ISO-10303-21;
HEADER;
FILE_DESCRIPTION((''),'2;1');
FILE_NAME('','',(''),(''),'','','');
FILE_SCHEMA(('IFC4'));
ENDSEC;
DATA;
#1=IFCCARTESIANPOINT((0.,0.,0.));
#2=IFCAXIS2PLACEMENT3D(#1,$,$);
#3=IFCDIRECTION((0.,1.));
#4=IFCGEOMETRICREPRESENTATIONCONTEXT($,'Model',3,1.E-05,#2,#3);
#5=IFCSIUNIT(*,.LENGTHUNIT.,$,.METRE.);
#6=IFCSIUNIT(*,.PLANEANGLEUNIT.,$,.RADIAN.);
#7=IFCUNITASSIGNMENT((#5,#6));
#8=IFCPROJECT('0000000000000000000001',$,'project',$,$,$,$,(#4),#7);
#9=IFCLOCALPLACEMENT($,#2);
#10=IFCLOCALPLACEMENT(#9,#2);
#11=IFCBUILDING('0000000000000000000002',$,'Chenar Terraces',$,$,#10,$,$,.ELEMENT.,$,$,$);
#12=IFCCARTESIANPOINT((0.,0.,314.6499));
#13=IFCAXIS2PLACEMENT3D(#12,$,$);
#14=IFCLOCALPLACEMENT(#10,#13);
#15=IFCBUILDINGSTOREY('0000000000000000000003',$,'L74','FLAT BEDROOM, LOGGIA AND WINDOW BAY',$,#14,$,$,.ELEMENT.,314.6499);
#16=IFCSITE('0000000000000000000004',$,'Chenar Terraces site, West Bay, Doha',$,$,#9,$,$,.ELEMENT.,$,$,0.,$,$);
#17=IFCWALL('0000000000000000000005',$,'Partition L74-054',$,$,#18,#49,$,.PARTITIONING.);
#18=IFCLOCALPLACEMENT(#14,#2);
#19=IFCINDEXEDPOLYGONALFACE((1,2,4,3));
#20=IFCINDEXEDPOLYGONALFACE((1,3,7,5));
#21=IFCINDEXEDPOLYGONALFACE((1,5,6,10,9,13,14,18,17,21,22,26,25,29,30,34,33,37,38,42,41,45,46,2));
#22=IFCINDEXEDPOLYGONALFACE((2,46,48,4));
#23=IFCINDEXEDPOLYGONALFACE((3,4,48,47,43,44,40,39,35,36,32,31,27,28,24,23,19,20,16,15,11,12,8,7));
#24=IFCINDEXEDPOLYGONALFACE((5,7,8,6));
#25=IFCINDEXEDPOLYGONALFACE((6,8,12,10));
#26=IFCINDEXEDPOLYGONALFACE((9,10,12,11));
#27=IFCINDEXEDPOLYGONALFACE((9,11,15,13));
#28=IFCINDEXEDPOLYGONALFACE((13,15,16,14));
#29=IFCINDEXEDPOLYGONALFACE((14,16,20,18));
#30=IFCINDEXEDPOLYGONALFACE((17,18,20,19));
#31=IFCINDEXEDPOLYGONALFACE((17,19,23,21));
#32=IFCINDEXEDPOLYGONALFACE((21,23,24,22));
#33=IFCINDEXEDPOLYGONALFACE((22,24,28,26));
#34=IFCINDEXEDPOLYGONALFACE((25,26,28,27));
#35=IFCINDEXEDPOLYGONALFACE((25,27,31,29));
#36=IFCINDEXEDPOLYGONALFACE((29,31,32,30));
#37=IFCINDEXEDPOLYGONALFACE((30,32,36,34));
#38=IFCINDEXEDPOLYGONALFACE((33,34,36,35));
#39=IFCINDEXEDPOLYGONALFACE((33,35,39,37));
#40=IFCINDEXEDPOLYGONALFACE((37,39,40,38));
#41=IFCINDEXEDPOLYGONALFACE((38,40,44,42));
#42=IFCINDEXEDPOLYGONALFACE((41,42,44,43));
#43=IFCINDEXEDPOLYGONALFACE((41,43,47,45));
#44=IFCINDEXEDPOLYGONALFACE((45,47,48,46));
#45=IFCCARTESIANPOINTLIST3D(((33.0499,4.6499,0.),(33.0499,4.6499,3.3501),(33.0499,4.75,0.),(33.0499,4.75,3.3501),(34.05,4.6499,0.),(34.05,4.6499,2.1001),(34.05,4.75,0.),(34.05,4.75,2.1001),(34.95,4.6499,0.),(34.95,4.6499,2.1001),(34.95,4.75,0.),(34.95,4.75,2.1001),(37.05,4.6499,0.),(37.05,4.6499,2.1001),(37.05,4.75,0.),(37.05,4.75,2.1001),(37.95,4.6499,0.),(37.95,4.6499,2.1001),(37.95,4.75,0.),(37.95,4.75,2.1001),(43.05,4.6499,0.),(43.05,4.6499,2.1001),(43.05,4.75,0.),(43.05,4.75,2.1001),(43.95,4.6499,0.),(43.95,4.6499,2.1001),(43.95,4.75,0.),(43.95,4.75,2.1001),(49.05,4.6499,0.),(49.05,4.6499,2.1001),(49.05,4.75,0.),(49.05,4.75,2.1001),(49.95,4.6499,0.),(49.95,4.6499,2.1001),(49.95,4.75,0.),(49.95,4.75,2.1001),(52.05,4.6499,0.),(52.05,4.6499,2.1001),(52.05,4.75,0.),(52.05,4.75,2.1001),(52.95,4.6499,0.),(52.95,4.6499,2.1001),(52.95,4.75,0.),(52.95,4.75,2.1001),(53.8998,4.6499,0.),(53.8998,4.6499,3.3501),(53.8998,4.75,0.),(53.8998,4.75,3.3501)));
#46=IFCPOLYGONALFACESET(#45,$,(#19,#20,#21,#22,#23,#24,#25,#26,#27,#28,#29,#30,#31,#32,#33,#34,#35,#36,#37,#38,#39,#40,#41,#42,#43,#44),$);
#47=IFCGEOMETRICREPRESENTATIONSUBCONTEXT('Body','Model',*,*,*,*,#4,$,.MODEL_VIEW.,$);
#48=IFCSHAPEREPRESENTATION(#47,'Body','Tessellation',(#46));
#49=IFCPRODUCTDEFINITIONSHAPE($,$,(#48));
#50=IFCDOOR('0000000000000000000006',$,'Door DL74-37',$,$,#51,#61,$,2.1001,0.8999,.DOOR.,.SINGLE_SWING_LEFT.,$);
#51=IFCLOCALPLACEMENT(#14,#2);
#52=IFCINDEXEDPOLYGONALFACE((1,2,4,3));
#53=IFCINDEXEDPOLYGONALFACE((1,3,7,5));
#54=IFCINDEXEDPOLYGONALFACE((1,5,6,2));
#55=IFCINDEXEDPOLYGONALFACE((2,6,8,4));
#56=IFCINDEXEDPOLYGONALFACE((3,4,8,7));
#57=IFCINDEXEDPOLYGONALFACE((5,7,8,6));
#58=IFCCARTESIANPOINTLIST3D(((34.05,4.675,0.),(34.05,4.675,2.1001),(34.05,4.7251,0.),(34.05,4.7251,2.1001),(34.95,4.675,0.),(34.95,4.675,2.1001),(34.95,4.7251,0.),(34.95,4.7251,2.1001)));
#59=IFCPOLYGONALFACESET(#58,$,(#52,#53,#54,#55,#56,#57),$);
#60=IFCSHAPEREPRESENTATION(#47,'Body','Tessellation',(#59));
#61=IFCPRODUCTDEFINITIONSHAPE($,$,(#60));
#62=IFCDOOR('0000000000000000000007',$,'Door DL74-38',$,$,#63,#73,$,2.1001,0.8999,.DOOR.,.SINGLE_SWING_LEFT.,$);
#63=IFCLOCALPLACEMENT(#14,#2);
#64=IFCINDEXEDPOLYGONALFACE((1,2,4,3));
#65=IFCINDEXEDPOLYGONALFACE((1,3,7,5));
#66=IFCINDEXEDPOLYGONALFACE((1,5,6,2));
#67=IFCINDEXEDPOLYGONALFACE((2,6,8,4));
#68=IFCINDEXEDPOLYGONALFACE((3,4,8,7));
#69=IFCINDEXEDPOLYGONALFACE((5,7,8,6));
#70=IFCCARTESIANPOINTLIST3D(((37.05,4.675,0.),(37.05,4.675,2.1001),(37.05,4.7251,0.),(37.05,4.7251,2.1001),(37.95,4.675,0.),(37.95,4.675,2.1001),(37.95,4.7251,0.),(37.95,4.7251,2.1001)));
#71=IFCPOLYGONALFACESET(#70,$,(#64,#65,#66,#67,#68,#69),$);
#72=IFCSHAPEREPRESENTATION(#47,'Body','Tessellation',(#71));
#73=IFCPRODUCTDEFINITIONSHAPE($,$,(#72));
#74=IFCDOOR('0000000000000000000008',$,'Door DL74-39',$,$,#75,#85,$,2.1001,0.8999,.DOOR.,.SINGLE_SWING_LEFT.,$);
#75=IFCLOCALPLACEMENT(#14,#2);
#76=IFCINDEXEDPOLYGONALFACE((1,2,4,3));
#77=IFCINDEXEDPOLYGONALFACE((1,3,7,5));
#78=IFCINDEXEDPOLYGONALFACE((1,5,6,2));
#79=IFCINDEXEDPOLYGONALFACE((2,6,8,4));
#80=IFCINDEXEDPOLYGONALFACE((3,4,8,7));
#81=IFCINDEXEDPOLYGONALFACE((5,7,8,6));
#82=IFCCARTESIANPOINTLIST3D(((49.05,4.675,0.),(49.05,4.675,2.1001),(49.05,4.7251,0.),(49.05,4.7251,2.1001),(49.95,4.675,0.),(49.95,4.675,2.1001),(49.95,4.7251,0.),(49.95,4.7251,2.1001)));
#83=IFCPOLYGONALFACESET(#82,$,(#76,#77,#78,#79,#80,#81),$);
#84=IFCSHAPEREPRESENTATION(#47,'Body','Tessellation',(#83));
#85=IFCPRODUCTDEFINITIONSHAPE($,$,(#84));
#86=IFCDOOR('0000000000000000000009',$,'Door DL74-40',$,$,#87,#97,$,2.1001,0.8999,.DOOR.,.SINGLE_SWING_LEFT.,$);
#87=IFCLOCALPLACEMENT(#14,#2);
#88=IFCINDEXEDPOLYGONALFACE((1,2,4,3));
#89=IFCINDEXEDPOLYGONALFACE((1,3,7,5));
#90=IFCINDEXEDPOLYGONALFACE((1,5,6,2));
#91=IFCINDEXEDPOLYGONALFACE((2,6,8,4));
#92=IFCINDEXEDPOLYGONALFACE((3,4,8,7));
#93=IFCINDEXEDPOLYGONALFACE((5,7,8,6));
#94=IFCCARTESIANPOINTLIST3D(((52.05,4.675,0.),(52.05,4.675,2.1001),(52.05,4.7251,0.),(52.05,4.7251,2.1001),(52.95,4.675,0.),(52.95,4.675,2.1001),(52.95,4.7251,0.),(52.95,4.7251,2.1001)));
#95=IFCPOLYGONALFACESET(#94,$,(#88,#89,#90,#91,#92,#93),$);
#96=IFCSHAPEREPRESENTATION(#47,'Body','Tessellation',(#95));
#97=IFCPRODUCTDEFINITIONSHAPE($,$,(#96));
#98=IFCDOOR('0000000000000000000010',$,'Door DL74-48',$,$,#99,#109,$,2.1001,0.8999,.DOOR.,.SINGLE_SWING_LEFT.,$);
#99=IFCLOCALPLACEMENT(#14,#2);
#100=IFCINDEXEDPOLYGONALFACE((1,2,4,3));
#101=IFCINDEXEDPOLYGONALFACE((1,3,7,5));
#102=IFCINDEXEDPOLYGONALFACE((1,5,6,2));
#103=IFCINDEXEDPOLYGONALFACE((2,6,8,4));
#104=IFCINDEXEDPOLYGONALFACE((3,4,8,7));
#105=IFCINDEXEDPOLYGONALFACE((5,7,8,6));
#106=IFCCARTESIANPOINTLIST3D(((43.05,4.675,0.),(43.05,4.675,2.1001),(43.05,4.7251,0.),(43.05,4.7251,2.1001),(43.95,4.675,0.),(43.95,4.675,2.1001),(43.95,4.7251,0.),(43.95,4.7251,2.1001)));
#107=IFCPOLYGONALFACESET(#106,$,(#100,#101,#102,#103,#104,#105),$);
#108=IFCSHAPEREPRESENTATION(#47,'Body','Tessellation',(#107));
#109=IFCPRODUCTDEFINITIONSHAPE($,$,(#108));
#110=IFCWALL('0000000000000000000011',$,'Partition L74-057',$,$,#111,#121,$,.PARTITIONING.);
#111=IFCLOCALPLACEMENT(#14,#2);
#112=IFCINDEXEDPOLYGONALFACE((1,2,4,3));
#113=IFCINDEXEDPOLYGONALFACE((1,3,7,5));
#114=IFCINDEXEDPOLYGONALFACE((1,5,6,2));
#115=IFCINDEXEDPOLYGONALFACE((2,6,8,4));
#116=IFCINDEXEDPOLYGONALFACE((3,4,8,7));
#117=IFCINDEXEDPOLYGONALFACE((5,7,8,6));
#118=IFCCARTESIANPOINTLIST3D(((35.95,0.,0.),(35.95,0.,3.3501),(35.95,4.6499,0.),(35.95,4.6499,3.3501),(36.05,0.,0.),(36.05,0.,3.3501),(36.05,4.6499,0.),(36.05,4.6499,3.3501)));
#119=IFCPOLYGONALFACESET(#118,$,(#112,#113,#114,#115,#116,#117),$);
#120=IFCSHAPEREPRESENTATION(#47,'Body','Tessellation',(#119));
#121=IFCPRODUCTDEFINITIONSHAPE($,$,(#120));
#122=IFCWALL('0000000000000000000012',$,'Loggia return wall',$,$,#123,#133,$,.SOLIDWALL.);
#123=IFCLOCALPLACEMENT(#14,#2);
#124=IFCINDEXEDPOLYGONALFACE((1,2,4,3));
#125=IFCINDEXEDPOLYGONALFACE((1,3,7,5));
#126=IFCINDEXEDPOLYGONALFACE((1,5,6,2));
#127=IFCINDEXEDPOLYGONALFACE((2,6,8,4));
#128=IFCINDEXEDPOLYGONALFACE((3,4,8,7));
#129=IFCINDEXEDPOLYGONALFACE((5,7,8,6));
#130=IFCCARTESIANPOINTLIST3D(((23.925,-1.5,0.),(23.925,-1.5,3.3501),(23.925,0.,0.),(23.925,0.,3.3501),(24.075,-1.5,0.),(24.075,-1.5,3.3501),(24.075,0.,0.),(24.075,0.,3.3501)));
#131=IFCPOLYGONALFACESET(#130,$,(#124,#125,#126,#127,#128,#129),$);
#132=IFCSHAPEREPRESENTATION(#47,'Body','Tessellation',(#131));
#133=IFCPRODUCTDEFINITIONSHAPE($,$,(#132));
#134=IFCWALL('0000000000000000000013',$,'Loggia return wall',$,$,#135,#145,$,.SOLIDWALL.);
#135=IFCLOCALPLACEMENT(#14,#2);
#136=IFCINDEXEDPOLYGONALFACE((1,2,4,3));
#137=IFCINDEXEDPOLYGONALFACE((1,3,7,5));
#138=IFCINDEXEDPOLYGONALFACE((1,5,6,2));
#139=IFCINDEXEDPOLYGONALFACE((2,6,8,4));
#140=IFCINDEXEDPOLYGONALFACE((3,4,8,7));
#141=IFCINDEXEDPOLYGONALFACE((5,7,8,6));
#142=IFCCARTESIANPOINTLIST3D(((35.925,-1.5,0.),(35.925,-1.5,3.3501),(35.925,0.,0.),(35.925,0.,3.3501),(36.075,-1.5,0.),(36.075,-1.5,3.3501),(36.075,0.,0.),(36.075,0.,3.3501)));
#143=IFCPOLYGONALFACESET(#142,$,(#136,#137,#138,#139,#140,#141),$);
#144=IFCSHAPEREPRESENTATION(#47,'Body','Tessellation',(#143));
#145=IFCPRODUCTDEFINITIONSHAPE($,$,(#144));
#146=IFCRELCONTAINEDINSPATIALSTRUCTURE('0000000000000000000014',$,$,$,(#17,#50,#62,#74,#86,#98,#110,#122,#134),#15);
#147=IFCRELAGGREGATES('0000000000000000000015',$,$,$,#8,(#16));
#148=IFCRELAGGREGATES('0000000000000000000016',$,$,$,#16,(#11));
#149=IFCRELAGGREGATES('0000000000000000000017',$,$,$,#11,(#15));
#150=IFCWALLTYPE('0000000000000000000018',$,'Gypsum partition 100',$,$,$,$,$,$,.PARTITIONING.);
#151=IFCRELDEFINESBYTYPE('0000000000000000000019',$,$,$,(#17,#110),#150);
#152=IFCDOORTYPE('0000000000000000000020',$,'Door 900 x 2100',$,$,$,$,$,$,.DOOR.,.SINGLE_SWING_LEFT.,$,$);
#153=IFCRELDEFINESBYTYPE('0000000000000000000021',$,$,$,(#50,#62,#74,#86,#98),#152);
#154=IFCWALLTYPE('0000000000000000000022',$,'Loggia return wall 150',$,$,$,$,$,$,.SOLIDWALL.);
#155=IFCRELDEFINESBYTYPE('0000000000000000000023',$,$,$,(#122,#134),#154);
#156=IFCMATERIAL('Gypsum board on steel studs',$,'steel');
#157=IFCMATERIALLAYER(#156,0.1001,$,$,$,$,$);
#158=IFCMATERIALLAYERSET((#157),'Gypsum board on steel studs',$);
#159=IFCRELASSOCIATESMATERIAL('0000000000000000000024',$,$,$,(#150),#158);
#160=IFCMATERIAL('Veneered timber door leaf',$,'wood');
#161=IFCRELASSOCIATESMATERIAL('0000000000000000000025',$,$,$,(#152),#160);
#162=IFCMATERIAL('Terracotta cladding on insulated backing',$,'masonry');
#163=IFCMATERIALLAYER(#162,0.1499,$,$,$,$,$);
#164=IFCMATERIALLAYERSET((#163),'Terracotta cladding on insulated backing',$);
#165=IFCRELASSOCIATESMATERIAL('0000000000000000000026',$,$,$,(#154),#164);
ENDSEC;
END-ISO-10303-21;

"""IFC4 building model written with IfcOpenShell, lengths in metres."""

from ifc_helpers import new_model, si_unit, direction, frame, frame_2d, origin, place, context, subcontext, project, spatial, rectangle, extrude, material, layer, layer_set, type_object, element, fill, save


model = new_model("IFC4")

# Units and contexts
model_context = context("Model", 3, precision=1e-05, world=origin(), true_north=direction((0.0, 1.0)))
body_context = subcontext(model_context, "Body", "Model", "MODEL_VIEW")
ifc_project = project(units=[si_unit("LENGTHUNIT", "METRE"), si_unit("PLANEANGLEUNIT", "RADIAN")], contexts=[model_context])

# Site, building, storey
site_placement = place(None, origin())
site = spatial("IfcSite", under=ifc_project, at=site_placement, Name="Chenar Terraces site, West Bay, Doha", CompositionType="ELEMENT", RefElevation=0.0)
building_placement = place(site_placement, origin())
building = spatial("IfcBuilding", under=site, at=building_placement, Name="Chenar Terraces", CompositionType="ELEMENT")
storey_placement = place(building_placement, frame((0.0, 0.0, 314.6499)))
storey = spatial("IfcBuildingStorey", under=building, at=storey_placement, Name="L74", Description="FLAT BEDROOM, LOGGIA AND WINDOW BAY", CompositionType="ELEMENT", Elevation=314.6499)

# Shared definitions
ifc_material_1 = material(Name="Gypsum board on steel studs", Category="steel")
ifc_layer_1 = layer(ifc_material_1, 0.1001)
ifc_layer_set_1 = layer_set([ifc_layer_1], Name="Gypsum board on steel studs")
wall_type_1 = type_object("IfcWallType", Name="Gypsum partition 100", PredefinedType="PARTITIONING", material=ifc_layer_set_1)

# Wall, openings, doors
wall_1_placement = place(storey_placement, frame((33.05, 4.7, 0.0), z_axis=(0.0, 0.0, 1.0), x_axis=(1.0, 0.0, 0.0)))
wall_1 = element("IfcWall", 1, at=wall_1_placement, inside=storey, type_object=wall_type_1, Name="Partition L74-054", PredefinedType="PARTITIONING", context=body_context, shape_type="SweptSolid", body=[
    extrude(rectangle(XDim=20.8499, YDim=0.1001, at=frame_2d((10.4248, 0.0))), origin(), (0.0, 0.0, 1.0), 3.3501),
])
opening_1_placement = place(wall_1_placement, frame((1.0, 0.0, 0.0)))
opening_1 = element("IfcOpeningElement", 2, at=opening_1_placement, cuts=wall_1, PredefinedType="OPENING", context=body_context, shape_type="SweptSolid", body=[
    extrude(rectangle(XDim=0.8999, YDim=2.1001, at=frame_2d((0.45, 1.05))), frame((0.0, 0.0601, 0.0), z_axis=(0.0, -1.0, 0.0), x_axis=(1.0, 0.0, 0.0)), (0.0, 0.0, 1.0), 0.1201),
])
opening_2_placement = place(wall_1_placement, frame((4.0, 0.0, 0.0)))
opening_2 = element("IfcOpeningElement", 3, at=opening_2_placement, cuts=wall_1, PredefinedType="OPENING", context=body_context, shape_type="SweptSolid", body=[
    extrude(rectangle(XDim=0.8999, YDim=2.1001, at=frame_2d((0.45, 1.05))), frame((0.0, 0.0601, 0.0), z_axis=(0.0, -1.0, 0.0), x_axis=(1.0, 0.0, 0.0)), (0.0, 0.0, 1.0), 0.1201),
])
opening_3_placement = place(wall_1_placement, frame((16.0, 0.0, 0.0)))
opening_3 = element("IfcOpeningElement", 4, at=opening_3_placement, cuts=wall_1, PredefinedType="OPENING", context=body_context, shape_type="SweptSolid", body=[
    extrude(rectangle(XDim=0.8999, YDim=2.1001, at=frame_2d((0.45, 1.05))), frame((0.0, 0.0601, 0.0), z_axis=(0.0, -1.0, 0.0), x_axis=(1.0, 0.0, 0.0)), (0.0, 0.0, 1.0), 0.1201),
])
opening_4_placement = place(wall_1_placement, frame((19.0, 0.0, 0.0)))
opening_4 = element("IfcOpeningElement", 5, at=opening_4_placement, cuts=wall_1, PredefinedType="OPENING", context=body_context, shape_type="SweptSolid", body=[
    extrude(rectangle(XDim=0.8999, YDim=2.1001, at=frame_2d((0.45, 1.05))), frame((0.0, 0.0601, 0.0), z_axis=(0.0, -1.0, 0.0), x_axis=(1.0, 0.0, 0.0)), (0.0, 0.0, 1.0), 0.1201),
])
opening_5_placement = place(wall_1_placement, frame((10.0, 0.0, 0.0)))
opening_5 = element("IfcOpeningElement", 6, at=opening_5_placement, cuts=wall_1, PredefinedType="OPENING", context=body_context, shape_type="SweptSolid", body=[
    extrude(rectangle(XDim=0.8999, YDim=2.1001, at=frame_2d((0.45, 1.05))), frame((0.0, 0.0601, 0.0), z_axis=(0.0, -1.0, 0.0), x_axis=(1.0, 0.0, 0.0)), (0.0, 0.0, 1.0), 0.1201),
])
ifc_material_2 = material(Name="Veneered timber door leaf", Category="wood")
door_type_1 = type_object("IfcDoorType", Name="Door 900 x 2100", OperationType="SINGLE_SWING_LEFT", PredefinedType="DOOR", material=ifc_material_2)
door_1_placement = place(opening_1_placement, frame((0.8999, 0.0, 0.0), z_axis=(0.0, 0.0, 1.0), x_axis=(-1.0, 0.0, 0.0)))
door_1 = element("IfcDoor", 7, at=door_1_placement, inside=storey, type_object=door_type_1, Name="Door DL74-37", OperationType="SINGLE_SWING_LEFT", OverallHeight=2.1001, OverallWidth=0.8999, PredefinedType="DOOR", context=body_context, shape_type="SweptSolid", body=[
    extrude(rectangle(XDim=0.8999, YDim=2.1001, at=frame_2d((0.45, 1.05))), frame((0.0, 0.0249, 0.0), z_axis=(0.0, -1.0, 0.0), x_axis=(1.0, 0.0, 0.0)), (0.0, 0.0, 1.0), 0.05),
])
fill(opening_1, door_1)
door_2_placement = place(opening_2_placement, frame((0.8999, 0.0, 0.0), z_axis=(0.0, 0.0, 1.0), x_axis=(-1.0, 0.0, 0.0)))
door_2 = element("IfcDoor", 8, at=door_2_placement, inside=storey, type_object=door_type_1, Name="Door DL74-38", OperationType="SINGLE_SWING_LEFT", OverallHeight=2.1001, OverallWidth=0.8999, PredefinedType="DOOR", context=body_context, shape_type="SweptSolid", body=[
    extrude(rectangle(XDim=0.8999, YDim=2.1001, at=frame_2d((0.45, 1.05))), frame((0.0, 0.0249, 0.0), z_axis=(0.0, -1.0, 0.0), x_axis=(1.0, 0.0, 0.0)), (0.0, 0.0, 1.0), 0.05),
])
fill(opening_2, door_2)
door_3_placement = place(opening_3_placement, frame((0.8999, 0.0, 0.0), z_axis=(0.0, 0.0, 1.0), x_axis=(-1.0, 0.0, 0.0)))
door_3 = element("IfcDoor", 9, at=door_3_placement, inside=storey, type_object=door_type_1, Name="Door DL74-39", OperationType="SINGLE_SWING_LEFT", OverallHeight=2.1001, OverallWidth=0.8999, PredefinedType="DOOR", context=body_context, shape_type="SweptSolid", body=[
    extrude(rectangle(XDim=0.8999, YDim=2.1001, at=frame_2d((0.45, 1.05))), frame((0.0, 0.0249, 0.0), z_axis=(0.0, -1.0, 0.0), x_axis=(1.0, 0.0, 0.0)), (0.0, 0.0, 1.0), 0.05),
])
fill(opening_3, door_3)
door_4_placement = place(opening_4_placement, frame((0.8999, 0.0, 0.0), z_axis=(0.0, 0.0, 1.0), x_axis=(-1.0, 0.0, 0.0)))
door_4 = element("IfcDoor", 10, at=door_4_placement, inside=storey, type_object=door_type_1, Name="Door DL74-40", OperationType="SINGLE_SWING_LEFT", OverallHeight=2.1001, OverallWidth=0.8999, PredefinedType="DOOR", context=body_context, shape_type="SweptSolid", body=[
    extrude(rectangle(XDim=0.8999, YDim=2.1001, at=frame_2d((0.45, 1.05))), frame((0.0, 0.0249, 0.0), z_axis=(0.0, -1.0, 0.0), x_axis=(1.0, 0.0, 0.0)), (0.0, 0.0, 1.0), 0.05),
])
fill(opening_4, door_4)
door_5_placement = place(opening_5_placement, frame((0.8999, 0.0, 0.0), z_axis=(0.0, 0.0, 1.0), x_axis=(-1.0, 0.0, 0.0)))
door_5 = element("IfcDoor", 11, at=door_5_placement, inside=storey, type_object=door_type_1, Name="Door DL74-48", OperationType="SINGLE_SWING_LEFT", OverallHeight=2.1001, OverallWidth=0.8999, PredefinedType="DOOR", context=body_context, shape_type="SweptSolid", body=[
    extrude(rectangle(XDim=0.8999, YDim=2.1001, at=frame_2d((0.45, 1.05))), frame((0.0, 0.0249, 0.0), z_axis=(0.0, -1.0, 0.0), x_axis=(1.0, 0.0, 0.0)), (0.0, 0.0, 1.0), 0.05),
])
fill(opening_5, door_5)

# Walls
wall_2_placement = place(storey_placement, frame((36.0, 0.0, 0.0), z_axis=(0.0, 0.0, 1.0), x_axis=(0.0, 1.0, 0.0)))
element("IfcWall", 12, at=wall_2_placement, inside=storey, type_object=wall_type_1, Name="Partition L74-057", PredefinedType="PARTITIONING", context=body_context, shape_type="SweptSolid", body=[
    extrude(rectangle(XDim=4.6499, YDim=0.1001, at=frame_2d((2.325, 0.0))), origin(), (0.0, 0.0, 1.0), 3.3501),
])
ifc_material_3 = material(Name="Terracotta cladding on insulated backing", Category="masonry")
ifc_layer_2 = layer(ifc_material_3, 0.1499)
ifc_layer_set_2 = layer_set([ifc_layer_2], Name="Terracotta cladding on insulated backing")
wall_type_2 = type_object("IfcWallType", Name="Loggia return wall 150", PredefinedType="SOLIDWALL", material=ifc_layer_set_2)
for number, where, z_axis, x_axis, name in (
    (13, (24.0, -1.5, 0.0), (0.0, 0.0, 1.0), (0.0, 1.0, 0.0), "Loggia return wall"),
    (14, (36.0, -1.5, 0.0), (0.0, 0.0, 1.0), (0.0, 1.0, 0.0), "Loggia return wall"),
):
    element("IfcWall", number, at=place(storey_placement, frame(where, z_axis=z_axis, x_axis=x_axis)), inside=storey, type_object=wall_type_2, Name=name, PredefinedType="SOLIDWALL", context=body_context, shape_type="SweptSolid", body=[
        extrude(rectangle(XDim=1.5, YDim=0.1499, at=frame_2d((0.75, 0.0))), origin(), (0.0, 0.0, 1.0), 3.3501),
    ])

save(model, "model.ifc")
